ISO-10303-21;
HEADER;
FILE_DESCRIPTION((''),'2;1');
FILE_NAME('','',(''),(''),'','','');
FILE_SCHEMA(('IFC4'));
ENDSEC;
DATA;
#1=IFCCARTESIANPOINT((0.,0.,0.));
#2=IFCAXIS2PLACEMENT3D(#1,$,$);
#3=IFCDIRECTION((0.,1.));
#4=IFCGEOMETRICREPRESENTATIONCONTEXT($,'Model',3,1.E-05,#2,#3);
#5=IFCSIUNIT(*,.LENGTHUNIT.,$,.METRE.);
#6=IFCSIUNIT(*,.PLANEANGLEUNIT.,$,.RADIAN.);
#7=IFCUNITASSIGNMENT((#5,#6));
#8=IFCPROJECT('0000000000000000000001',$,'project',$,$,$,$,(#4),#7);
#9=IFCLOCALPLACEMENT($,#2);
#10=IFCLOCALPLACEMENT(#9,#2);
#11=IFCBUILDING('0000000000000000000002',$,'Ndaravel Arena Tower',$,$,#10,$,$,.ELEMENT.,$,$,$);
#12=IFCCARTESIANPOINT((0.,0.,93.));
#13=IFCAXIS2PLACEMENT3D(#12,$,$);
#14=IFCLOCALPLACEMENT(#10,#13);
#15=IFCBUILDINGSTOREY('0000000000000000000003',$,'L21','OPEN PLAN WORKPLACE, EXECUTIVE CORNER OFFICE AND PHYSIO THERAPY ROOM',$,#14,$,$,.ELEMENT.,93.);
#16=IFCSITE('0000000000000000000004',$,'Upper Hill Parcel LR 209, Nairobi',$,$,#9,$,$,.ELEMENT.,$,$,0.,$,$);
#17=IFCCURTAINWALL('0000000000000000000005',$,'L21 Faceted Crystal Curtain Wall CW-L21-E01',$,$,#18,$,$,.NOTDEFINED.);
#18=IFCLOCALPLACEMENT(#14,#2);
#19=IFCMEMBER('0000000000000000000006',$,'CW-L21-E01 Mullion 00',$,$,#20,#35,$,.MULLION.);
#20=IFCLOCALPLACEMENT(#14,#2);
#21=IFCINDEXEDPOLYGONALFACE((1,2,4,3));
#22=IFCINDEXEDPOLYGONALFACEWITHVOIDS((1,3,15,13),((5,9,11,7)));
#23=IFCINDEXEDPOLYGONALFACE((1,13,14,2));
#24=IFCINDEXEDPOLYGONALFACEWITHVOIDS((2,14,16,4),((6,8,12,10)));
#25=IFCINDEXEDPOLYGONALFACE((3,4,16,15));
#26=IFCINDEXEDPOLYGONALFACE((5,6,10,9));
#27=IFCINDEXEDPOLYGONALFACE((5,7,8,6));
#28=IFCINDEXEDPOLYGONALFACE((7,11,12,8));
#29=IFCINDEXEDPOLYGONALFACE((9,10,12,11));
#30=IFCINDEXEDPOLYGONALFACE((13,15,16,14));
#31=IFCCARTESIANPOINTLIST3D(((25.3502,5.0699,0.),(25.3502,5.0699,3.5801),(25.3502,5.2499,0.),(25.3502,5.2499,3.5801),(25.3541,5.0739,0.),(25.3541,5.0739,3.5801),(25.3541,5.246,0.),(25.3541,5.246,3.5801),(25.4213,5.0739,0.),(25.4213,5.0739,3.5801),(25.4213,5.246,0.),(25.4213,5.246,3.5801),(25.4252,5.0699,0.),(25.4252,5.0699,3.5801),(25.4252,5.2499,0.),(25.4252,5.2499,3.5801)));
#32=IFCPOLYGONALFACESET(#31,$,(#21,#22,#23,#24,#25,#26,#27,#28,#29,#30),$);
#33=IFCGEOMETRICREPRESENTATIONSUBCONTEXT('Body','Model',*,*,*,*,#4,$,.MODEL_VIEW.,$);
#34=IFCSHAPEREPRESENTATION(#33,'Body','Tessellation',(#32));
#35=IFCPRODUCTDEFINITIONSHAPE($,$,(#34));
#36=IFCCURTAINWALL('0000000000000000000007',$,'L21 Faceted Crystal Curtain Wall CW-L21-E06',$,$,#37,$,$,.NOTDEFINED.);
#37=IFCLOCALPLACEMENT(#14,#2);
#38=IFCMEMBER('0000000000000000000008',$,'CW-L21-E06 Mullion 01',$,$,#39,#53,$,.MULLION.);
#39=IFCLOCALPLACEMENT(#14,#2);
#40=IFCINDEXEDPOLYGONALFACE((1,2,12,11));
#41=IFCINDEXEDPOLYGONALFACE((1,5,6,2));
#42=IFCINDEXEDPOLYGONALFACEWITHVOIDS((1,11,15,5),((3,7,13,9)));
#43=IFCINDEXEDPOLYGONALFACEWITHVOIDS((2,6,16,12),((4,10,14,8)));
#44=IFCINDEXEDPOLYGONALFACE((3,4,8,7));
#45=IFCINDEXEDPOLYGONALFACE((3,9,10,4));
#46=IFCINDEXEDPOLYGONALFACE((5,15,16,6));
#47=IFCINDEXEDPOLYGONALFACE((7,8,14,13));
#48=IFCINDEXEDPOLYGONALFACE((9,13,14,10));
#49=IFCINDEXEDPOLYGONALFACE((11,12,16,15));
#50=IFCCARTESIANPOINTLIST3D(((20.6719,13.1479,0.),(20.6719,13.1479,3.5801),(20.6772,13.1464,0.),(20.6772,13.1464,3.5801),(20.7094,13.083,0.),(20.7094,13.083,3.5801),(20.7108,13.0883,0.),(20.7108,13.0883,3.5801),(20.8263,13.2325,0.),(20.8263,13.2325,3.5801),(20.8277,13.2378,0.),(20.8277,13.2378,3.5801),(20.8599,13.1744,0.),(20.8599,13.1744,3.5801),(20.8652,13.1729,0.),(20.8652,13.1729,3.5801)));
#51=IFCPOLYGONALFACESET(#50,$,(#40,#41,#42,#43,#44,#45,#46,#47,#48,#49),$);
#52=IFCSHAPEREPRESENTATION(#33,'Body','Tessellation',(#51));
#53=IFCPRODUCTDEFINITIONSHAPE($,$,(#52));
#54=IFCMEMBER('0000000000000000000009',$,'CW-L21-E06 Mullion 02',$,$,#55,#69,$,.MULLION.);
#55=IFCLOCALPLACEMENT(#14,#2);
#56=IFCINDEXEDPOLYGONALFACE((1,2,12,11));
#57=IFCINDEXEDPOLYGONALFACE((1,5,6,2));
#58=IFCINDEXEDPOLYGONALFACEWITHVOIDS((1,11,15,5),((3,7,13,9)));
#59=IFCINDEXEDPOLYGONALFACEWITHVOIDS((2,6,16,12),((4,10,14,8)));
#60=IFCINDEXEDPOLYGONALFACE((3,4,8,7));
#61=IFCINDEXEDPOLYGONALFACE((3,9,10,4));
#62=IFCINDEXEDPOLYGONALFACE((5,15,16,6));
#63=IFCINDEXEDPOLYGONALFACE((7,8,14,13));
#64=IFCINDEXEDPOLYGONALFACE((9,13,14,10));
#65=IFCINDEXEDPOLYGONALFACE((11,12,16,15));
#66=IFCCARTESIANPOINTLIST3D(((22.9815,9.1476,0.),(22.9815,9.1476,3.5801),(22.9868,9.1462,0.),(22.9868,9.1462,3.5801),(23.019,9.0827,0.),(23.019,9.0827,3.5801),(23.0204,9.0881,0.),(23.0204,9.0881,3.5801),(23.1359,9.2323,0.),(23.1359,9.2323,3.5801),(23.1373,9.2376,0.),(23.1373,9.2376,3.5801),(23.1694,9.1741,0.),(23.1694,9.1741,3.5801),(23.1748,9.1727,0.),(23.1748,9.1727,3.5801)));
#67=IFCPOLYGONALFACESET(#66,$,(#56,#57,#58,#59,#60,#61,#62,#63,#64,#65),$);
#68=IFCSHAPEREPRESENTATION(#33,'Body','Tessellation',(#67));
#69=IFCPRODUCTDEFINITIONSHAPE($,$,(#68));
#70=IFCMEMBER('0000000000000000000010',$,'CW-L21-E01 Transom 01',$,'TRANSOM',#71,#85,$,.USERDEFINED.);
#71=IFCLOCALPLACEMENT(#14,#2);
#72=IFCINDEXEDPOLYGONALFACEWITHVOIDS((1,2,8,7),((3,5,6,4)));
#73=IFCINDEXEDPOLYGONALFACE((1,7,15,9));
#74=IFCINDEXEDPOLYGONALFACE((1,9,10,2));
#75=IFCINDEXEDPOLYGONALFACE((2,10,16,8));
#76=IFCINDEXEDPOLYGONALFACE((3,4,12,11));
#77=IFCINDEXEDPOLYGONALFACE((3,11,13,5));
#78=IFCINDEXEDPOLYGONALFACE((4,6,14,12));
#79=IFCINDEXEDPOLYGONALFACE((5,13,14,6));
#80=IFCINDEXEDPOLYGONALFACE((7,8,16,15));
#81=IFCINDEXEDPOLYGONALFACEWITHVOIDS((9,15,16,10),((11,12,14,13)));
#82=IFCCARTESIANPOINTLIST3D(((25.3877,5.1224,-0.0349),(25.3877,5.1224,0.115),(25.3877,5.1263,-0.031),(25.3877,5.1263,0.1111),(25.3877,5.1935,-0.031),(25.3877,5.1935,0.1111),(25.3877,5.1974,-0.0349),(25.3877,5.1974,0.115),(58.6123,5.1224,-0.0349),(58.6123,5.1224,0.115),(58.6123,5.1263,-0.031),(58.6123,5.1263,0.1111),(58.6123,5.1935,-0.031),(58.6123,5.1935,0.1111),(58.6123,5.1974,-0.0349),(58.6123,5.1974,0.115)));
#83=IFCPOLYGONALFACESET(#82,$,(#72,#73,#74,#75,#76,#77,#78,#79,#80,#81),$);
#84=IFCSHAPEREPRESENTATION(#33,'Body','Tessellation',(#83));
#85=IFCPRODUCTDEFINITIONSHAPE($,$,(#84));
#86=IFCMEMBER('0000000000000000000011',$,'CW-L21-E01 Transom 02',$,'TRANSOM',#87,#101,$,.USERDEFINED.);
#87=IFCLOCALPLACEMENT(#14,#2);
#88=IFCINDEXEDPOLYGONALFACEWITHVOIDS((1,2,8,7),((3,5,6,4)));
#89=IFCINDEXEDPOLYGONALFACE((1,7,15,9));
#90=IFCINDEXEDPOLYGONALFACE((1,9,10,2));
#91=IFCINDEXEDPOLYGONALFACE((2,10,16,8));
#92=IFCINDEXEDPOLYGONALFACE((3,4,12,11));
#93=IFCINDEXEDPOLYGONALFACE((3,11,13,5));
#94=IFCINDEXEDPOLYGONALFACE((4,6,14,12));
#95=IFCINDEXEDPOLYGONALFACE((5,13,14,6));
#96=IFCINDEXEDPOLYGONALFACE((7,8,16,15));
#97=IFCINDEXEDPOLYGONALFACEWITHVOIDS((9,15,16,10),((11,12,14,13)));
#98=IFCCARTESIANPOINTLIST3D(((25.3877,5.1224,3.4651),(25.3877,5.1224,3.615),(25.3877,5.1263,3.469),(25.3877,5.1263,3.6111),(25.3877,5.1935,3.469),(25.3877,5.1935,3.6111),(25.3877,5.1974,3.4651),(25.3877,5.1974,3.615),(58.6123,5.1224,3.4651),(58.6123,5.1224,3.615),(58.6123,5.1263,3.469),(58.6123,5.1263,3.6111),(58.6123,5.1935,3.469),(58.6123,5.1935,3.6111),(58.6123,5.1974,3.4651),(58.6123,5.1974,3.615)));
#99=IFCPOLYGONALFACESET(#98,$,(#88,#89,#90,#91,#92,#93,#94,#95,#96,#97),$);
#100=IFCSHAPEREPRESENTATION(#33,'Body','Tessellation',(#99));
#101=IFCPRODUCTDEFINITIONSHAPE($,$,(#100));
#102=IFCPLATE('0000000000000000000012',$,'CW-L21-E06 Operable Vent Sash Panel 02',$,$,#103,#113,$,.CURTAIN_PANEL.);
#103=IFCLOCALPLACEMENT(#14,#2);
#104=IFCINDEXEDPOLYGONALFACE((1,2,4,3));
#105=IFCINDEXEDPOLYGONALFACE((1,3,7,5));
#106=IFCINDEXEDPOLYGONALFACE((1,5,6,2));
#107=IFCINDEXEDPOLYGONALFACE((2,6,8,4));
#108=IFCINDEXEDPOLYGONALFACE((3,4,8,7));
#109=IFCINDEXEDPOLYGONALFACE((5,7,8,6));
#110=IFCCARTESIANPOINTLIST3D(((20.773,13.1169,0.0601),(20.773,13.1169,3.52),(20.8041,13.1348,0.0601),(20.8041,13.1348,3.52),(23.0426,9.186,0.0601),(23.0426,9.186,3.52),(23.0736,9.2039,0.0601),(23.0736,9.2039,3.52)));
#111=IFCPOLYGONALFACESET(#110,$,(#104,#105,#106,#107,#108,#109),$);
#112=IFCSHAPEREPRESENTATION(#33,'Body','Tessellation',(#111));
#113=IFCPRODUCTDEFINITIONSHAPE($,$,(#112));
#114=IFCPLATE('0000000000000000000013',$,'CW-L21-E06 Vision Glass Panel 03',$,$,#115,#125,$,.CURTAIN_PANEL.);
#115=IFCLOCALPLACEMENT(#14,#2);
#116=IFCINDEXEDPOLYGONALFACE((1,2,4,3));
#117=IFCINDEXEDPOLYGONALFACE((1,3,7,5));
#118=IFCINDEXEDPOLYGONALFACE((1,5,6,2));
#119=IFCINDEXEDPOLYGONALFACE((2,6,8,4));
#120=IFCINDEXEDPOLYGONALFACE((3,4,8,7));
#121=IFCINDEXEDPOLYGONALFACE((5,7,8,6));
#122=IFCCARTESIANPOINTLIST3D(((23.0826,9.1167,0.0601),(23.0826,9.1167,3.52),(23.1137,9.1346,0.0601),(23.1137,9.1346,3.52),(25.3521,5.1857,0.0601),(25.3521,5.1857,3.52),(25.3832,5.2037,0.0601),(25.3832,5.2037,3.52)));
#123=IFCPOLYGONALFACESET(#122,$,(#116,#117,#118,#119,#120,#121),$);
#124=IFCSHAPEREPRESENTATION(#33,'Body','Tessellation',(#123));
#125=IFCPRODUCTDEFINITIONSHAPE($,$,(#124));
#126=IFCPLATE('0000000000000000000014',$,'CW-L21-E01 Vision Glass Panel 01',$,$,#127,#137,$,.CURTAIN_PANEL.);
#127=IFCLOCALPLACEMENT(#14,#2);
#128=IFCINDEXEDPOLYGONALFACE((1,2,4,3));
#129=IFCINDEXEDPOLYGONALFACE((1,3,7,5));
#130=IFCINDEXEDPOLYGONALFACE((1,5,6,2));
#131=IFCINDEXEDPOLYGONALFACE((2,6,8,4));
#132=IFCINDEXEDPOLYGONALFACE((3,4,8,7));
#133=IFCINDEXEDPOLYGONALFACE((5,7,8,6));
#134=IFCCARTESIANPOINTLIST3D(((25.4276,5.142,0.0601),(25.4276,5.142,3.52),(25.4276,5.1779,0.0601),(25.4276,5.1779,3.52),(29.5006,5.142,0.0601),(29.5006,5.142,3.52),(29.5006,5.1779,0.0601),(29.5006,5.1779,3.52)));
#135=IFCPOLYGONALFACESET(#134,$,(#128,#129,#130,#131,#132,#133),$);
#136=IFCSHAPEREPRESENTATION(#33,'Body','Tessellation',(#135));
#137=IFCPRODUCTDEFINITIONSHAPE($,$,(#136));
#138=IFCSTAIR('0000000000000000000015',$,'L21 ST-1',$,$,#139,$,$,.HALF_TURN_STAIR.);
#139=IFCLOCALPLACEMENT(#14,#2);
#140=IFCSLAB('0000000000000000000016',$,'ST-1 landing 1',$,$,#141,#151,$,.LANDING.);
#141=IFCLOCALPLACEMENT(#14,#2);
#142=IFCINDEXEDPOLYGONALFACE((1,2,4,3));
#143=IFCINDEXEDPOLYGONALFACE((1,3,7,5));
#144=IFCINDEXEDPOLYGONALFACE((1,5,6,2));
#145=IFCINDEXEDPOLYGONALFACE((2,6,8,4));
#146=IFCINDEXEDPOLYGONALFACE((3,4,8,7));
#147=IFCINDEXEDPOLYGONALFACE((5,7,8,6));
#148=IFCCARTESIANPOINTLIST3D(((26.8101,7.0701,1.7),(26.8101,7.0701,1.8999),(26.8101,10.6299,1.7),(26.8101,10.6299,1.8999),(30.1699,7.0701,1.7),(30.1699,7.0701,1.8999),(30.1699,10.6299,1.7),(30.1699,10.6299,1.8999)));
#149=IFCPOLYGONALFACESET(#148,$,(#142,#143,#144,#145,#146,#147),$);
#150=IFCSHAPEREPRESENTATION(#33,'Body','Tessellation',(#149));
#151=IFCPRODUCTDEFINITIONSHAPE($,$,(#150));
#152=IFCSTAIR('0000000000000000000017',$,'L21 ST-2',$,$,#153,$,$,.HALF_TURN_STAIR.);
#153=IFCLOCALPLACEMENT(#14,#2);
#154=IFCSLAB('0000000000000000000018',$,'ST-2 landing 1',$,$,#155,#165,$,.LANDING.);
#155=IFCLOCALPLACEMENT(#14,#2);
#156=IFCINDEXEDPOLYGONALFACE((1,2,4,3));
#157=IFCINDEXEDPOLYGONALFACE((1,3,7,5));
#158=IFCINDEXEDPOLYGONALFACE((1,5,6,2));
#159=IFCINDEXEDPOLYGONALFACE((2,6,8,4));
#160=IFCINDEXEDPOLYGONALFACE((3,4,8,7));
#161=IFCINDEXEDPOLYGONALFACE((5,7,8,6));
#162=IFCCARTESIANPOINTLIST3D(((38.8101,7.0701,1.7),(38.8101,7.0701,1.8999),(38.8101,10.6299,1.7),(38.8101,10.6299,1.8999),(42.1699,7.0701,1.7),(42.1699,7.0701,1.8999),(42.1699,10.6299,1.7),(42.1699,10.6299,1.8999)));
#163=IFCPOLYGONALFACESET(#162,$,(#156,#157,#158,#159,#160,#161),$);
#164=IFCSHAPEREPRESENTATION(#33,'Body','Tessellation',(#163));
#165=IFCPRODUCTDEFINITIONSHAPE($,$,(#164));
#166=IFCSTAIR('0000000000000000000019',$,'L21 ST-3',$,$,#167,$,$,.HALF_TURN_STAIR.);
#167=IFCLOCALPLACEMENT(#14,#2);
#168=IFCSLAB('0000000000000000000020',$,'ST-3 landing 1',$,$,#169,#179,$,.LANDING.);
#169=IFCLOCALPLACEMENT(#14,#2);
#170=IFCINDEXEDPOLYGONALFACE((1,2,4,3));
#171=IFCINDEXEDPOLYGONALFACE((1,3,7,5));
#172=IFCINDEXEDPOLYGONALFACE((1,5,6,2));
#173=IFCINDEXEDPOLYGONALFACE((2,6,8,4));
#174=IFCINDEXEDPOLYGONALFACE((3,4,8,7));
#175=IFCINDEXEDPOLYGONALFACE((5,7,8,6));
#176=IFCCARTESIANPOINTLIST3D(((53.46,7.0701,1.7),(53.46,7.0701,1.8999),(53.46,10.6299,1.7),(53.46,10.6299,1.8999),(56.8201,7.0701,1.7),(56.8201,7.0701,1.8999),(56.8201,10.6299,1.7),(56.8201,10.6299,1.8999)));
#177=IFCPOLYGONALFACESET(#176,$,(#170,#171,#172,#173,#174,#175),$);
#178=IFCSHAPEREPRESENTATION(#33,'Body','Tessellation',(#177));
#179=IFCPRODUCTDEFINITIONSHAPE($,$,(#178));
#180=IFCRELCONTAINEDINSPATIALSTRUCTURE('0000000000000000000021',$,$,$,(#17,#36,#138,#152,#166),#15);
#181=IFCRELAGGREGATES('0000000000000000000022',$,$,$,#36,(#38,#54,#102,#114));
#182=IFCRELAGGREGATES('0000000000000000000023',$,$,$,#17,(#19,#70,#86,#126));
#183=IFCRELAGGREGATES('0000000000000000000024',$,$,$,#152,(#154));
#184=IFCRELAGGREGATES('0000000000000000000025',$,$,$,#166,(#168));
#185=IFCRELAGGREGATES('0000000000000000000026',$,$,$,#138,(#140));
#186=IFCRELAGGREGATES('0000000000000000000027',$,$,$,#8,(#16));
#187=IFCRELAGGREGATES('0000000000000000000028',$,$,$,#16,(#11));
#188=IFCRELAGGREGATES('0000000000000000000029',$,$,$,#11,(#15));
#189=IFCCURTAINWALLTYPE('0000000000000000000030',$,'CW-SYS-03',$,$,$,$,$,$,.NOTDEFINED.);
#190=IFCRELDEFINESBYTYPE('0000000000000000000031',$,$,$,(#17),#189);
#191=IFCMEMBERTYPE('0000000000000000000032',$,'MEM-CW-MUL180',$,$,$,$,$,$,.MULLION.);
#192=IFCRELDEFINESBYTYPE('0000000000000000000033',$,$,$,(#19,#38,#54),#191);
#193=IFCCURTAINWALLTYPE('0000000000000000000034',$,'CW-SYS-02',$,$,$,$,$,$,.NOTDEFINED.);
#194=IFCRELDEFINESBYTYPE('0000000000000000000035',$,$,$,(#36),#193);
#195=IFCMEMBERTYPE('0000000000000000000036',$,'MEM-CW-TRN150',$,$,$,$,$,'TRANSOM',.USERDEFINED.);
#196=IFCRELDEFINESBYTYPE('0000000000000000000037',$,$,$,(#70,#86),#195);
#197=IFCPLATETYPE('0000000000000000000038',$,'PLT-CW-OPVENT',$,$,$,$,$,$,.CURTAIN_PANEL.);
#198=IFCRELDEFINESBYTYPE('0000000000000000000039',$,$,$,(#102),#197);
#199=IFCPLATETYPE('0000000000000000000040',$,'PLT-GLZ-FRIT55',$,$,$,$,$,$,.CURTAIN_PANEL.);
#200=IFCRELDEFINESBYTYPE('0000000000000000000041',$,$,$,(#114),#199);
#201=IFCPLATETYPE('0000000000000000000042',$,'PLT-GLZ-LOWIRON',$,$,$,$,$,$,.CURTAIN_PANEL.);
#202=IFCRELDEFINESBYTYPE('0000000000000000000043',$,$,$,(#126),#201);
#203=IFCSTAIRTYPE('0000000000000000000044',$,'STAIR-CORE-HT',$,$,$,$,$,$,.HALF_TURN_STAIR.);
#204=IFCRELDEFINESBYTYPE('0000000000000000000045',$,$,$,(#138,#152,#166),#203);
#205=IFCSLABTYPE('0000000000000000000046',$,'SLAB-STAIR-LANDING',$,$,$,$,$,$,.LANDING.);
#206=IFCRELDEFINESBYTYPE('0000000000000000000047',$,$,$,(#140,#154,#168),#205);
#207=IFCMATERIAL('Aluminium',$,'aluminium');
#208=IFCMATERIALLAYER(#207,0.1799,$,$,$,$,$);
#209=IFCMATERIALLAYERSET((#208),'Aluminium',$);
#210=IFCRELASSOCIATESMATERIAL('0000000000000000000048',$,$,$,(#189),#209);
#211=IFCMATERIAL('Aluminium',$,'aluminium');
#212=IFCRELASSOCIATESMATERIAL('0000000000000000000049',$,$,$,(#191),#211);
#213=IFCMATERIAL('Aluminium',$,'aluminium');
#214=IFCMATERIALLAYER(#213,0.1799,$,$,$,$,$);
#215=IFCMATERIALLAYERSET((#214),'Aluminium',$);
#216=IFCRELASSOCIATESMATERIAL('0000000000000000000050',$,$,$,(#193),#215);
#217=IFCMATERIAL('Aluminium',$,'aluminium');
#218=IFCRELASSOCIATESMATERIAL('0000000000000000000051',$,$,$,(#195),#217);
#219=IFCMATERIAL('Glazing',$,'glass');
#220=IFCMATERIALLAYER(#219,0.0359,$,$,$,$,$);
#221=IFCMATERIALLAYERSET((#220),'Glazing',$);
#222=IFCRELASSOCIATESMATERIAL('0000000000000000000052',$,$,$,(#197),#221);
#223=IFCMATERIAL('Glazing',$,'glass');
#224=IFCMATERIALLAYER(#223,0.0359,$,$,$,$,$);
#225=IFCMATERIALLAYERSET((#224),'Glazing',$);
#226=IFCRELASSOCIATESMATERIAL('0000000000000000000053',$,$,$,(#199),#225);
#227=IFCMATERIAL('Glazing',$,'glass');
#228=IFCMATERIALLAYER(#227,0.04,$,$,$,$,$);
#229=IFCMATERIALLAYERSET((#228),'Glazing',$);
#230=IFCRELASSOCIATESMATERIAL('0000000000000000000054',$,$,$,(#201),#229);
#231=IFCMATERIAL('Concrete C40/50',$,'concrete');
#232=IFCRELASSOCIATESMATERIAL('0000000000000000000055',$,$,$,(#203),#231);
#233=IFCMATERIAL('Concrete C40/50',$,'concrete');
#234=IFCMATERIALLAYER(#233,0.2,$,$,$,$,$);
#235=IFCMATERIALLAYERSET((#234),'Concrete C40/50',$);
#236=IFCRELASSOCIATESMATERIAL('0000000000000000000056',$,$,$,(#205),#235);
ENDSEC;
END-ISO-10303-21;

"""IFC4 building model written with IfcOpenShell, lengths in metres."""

from ifc_helpers import new_model, si_unit, direction, frame, origin, origin_2d, place, context, subcontext, project, spatial, polyline, rectangle, hollow_rectangle, outline, extrude, material, layer, layer_set, material_profile, profile_set, type_object, element, aggregate, save


model = new_model("IFC4")

# Units and contexts
model_context = context("Model", 3, precision=1e-05, world=origin(), true_north=direction((0.0, 1.0)))
body_context = subcontext(model_context, "Body", "Model", "MODEL_VIEW")
ifc_project = project(units=[si_unit("LENGTHUNIT", "METRE"), si_unit("PLANEANGLEUNIT", "RADIAN")], contexts=[model_context])

# Site, building, storey
site_placement = place(None, origin())
site = spatial("IfcSite", under=ifc_project, at=site_placement, Name="Upper Hill Parcel LR 209, Nairobi", CompositionType="ELEMENT", RefElevation=0.0)
building_placement = place(site_placement, origin())
building = spatial("IfcBuilding", under=site, at=building_placement, Name="Ndaravel Arena Tower", CompositionType="ELEMENT")
storey_placement = place(building_placement, frame((0.0, 0.0, 93.0)))
storey = spatial("IfcBuildingStorey", under=building, at=storey_placement, Name="L21", Description="OPEN PLAN WORKPLACE, EXECUTIVE CORNER OFFICE AND PHYSIO THERAPY ROOM", CompositionType="ELEMENT", Elevation=93.0)

# Curtain wall, member
ifc_material_1 = material(Name="Aluminium", Category="aluminium")
ifc_layer_1 = layer(ifc_material_1, 0.1799)
ifc_layer_set_1 = layer_set([ifc_layer_1], Name="Aluminium")
curtain_wall_type_1 = type_object("IfcCurtainWallType", Name="CW-SYS-03", PredefinedType="NOTDEFINED", material=ifc_layer_set_1)
curtain_wall_1_placement = place(storey_placement, origin())
curtain_wall_1 = element("IfcCurtainWall", 1, at=curtain_wall_1_placement, inside=storey, type_object=curtain_wall_type_1, Name="L21 Faceted Crystal Curtain Wall CW-L21-E01", PredefinedType="NOTDEFINED")
ifc_material_2 = material(Name="Aluminium", Category="aluminium")
ifc_material_profile_1 = material_profile(ifc_material_2, hollow_rectangle(XDim=0.075, YDim=0.1799, WallThickness=0.0039, at=origin_2d()), Name="CW MULLION 75x180x4")
ifc_profile_set_1 = profile_set([ifc_material_profile_1], Name="Aluminium")
member_type_1 = type_object("IfcMemberType", Name="MEM-CW-MUL180", PredefinedType="MULLION", material=ifc_profile_set_1)
member_1_placement = place(storey_placement, frame((25.3877, 5.1599, 0.0), z_axis=(0.0, 0.0, 1.0), x_axis=(1.0, 0.0, 0.0)))
member_1 = element("IfcMember", 2, at=member_1_placement, type_object=member_type_1, Name="CW-L21-E01 Mullion 00", PredefinedType="MULLION", context=body_context, shape_type="SweptSolid", body=[
    extrude(hollow_rectangle(XDim=0.075, YDim=0.1799, WallThickness=0.0039, at=origin_2d()), origin(), (0.0, 0.0, 1.0), 3.5801),
])

# Curtain wall, members
ifc_material_3 = material(Name="Aluminium", Category="aluminium")
ifc_layer_2 = layer(ifc_material_3, 0.1799)
ifc_layer_set_2 = layer_set([ifc_layer_2], Name="Aluminium")
curtain_wall_type_2 = type_object("IfcCurtainWallType", Name="CW-SYS-02", PredefinedType="NOTDEFINED", material=ifc_layer_set_2)
curtain_wall_2_placement = place(storey_placement, origin())
curtain_wall_2 = element("IfcCurtainWall", 3, at=curtain_wall_2_placement, inside=storey, type_object=curtain_wall_type_2, Name="L21 Faceted Crystal Curtain Wall CW-L21-E06", PredefinedType="NOTDEFINED")
member_2_placement = place(storey_placement, frame((20.7686, 13.1604, 0.0), z_axis=(0.0, 0.0, 1.0), x_axis=(0.5, -0.866025, 0.0)))
member_2 = element("IfcMember", 4, at=member_2_placement, type_object=member_type_1, Name="CW-L21-E06 Mullion 01", PredefinedType="MULLION", context=body_context, shape_type="SweptSolid", body=[
    extrude(hollow_rectangle(XDim=0.075, YDim=0.1799, WallThickness=0.0039, at=origin_2d()), origin(), (0.0, 0.0, 1.0), 3.5801),
])
member_3_placement = place(storey_placement, frame((23.0781, 9.1602, 0.0), z_axis=(0.0, 0.0, 1.0), x_axis=(0.5, -0.866025, 0.0)))
member_3 = element("IfcMember", 5, at=member_3_placement, type_object=member_type_1, Name="CW-L21-E06 Mullion 02", PredefinedType="MULLION", context=body_context, shape_type="SweptSolid", body=[
    extrude(hollow_rectangle(XDim=0.075, YDim=0.1799, WallThickness=0.0039, at=origin_2d()), origin(), (0.0, 0.0, 1.0), 3.5801),
])

# Members
ifc_material_4 = material(Name="Aluminium", Category="aluminium")
ifc_material_profile_2 = material_profile(ifc_material_4, hollow_rectangle(XDim=0.075, YDim=0.1499, WallThickness=0.0039, at=origin_2d()), Name="CW TRANSOM 75x150x4")
ifc_profile_set_2 = profile_set([ifc_material_profile_2], Name="Aluminium")
member_type_2 = type_object("IfcMemberType", Name="MEM-CW-TRN150", ElementType="TRANSOM", PredefinedType="USERDEFINED", material=ifc_profile_set_2)
member_4_placement = place(storey_placement, frame((25.3877, 5.1599, 0.04), z_axis=(1.0, 0.0, 0.0), x_axis=(0.0, 1.0, 0.0)))
member_4 = element("IfcMember", 6, at=member_4_placement, type_object=member_type_2, Name="CW-L21-E01 Transom 01", ObjectType="TRANSOM", PredefinedType="USERDEFINED", context=body_context, shape_type="SweptSolid", body=[
    extrude(hollow_rectangle(XDim=0.075, YDim=0.1499, WallThickness=0.0039, at=origin_2d()), origin(), (0.0, 0.0, 1.0), 33.2246),
])
member_5_placement = place(storey_placement, frame((25.3877, 5.1599, 3.54), z_axis=(1.0, 0.0, 0.0), x_axis=(0.0, 1.0, 0.0)))
member_5 = element("IfcMember", 7, at=member_5_placement, type_object=member_type_2, Name="CW-L21-E01 Transom 02", ObjectType="TRANSOM", PredefinedType="USERDEFINED", context=body_context, shape_type="SweptSolid", body=[
    extrude(hollow_rectangle(XDim=0.075, YDim=0.1499, WallThickness=0.0039, at=origin_2d()), origin(), (0.0, 0.0, 1.0), 33.2246),
])

# Plates
ifc_material_5 = material(Name="Glazing", Category="glass")
ifc_layer_3 = layer(ifc_material_5, 0.0359)
ifc_layer_set_3 = layer_set([ifc_layer_3], Name="Glazing")
plate_type_1 = type_object("IfcPlateType", Name="PLT-CW-OPVENT", PredefinedType="CURTAIN_PANEL", material=ifc_layer_set_3)
plate_1_placement = place(storey_placement, frame((21.9233, 11.1604, 0.0601), z_axis=(0.0, 0.0, 1.0), x_axis=(0.5, -0.866025, 0.0)))
plate_1 = element("IfcPlate", 8, at=plate_1_placement, type_object=plate_type_1, Name="CW-L21-E06 Operable Vent Sash Panel 02", PredefinedType="CURTAIN_PANEL", context=body_context, shape_type="SweptSolid", body=[
    extrude(rectangle(XDim=4.5391, YDim=0.0359, at=origin_2d()), origin(), (0.0, 0.0, 1.0), 3.46),
])
ifc_material_6 = material(Name="Glazing", Category="glass")
ifc_layer_4 = layer(ifc_material_6, 0.0359)
ifc_layer_set_4 = layer_set([ifc_layer_4], Name="Glazing")
plate_type_2 = type_object("IfcPlateType", Name="PLT-GLZ-FRIT55", PredefinedType="CURTAIN_PANEL", material=ifc_layer_set_4)
plate_2_placement = place(storey_placement, frame((24.2329, 7.1602, 0.0601), z_axis=(0.0, 0.0, 1.0), x_axis=(0.5, -0.866025, 0.0)))
plate_2 = element("IfcPlate", 9, at=plate_2_placement, type_object=plate_type_2, Name="CW-L21-E06 Vision Glass Panel 03", PredefinedType="CURTAIN_PANEL", context=body_context, shape_type="SweptSolid", body=[
    extrude(rectangle(XDim=4.5391, YDim=0.0359, at=origin_2d()), origin(), (0.0, 0.0, 1.0), 3.46),
])
aggregate(curtain_wall_2, [member_2, member_3, plate_1, plate_2])
ifc_material_7 = material(Name="Glazing", Category="glass")
ifc_layer_5 = layer(ifc_material_7, 0.04)
ifc_layer_set_5 = layer_set([ifc_layer_5], Name="Glazing")
plate_type_3 = type_object("IfcPlateType", Name="PLT-GLZ-LOWIRON", PredefinedType="CURTAIN_PANEL", material=ifc_layer_set_5)
plate_3_placement = place(storey_placement, frame((27.4641, 5.1599, 0.0601), z_axis=(0.0, 0.0, 1.0), x_axis=(1.0, 0.0, 0.0)))
plate_3 = element("IfcPlate", 10, at=plate_3_placement, type_object=plate_type_3, Name="CW-L21-E01 Vision Glass Panel 01", PredefinedType="CURTAIN_PANEL", context=body_context, shape_type="SweptSolid", body=[
    extrude(rectangle(XDim=4.073, YDim=0.0359, at=origin_2d()), origin(), (0.0, 0.0, 1.0), 3.46),
])
aggregate(curtain_wall_1, [member_1, member_4, member_5, plate_3])

# Stairs, slabs
ifc_material_8 = material(Name="Concrete C40/50", Category="concrete")
stair_type = type_object("IfcStairType", Name="STAIR-CORE-HT", PredefinedType="HALF_TURN_STAIR", material=ifc_material_8)
stair_1_placement = place(storey_placement, origin())
stair_1 = element("IfcStair", 11, at=stair_1_placement, inside=storey, type_object=stair_type, Name="L21 ST-1", PredefinedType="HALF_TURN_STAIR")
ifc_material_9 = material(Name="Concrete C40/50", Category="concrete")
ifc_layer_6 = layer(ifc_material_9, 0.2)
ifc_layer_set_6 = layer_set([ifc_layer_6], Name="Concrete C40/50")
slab_type_1 = type_object("IfcSlabType", Name="SLAB-STAIR-LANDING", PredefinedType="LANDING", material=ifc_layer_set_6)
slab_1_placement = place(storey_placement, frame((0.0, 0.0, 1.7)))
slab_1 = element("IfcSlab", 12, at=slab_1_placement, type_object=slab_type_1, Name="ST-1 landing 1", PredefinedType="LANDING", context=body_context, shape_type="SweptSolid", body=[
    extrude(outline(polyline([(26.8101, 10.6299), (26.8101, 7.0701), (30.1699, 7.0701), (30.1699, 10.6299), (26.8101, 10.6299)])), origin(), (0.0, 0.0, 1.0), 0.2),
])
stair_2_placement = place(storey_placement, origin())
stair_2 = element("IfcStair", 13, at=stair_2_placement, inside=storey, type_object=stair_type, Name="L21 ST-2", PredefinedType="HALF_TURN_STAIR")
slab_2_placement = place(storey_placement, frame((0.0, 0.0, 1.7)))
slab_2 = element("IfcSlab", 14, at=slab_2_placement, type_object=slab_type_1, Name="ST-2 landing 1", PredefinedType="LANDING", context=body_context, shape_type="SweptSolid", body=[
    extrude(outline(polyline([(38.8101, 10.6299), (38.8101, 7.0701), (42.1699, 7.0701), (42.1699, 10.6299), (38.8101, 10.6299)])), origin(), (0.0, 0.0, 1.0), 0.2),
])
aggregate(stair_2, [slab_2])
stair_3_placement = place(storey_placement, origin())
stair_3 = element("IfcStair", 15, at=stair_3_placement, inside=storey, type_object=stair_type, Name="L21 ST-3", PredefinedType="HALF_TURN_STAIR")
slab_3_placement = place(storey_placement, frame((0.0, 0.0, 1.7)))
slab_3 = element("IfcSlab", 16, at=slab_3_placement, type_object=slab_type_1, Name="ST-3 landing 1", PredefinedType="LANDING", context=body_context, shape_type="SweptSolid", body=[
    extrude(outline(polyline([(53.46, 10.6299), (53.46, 7.0701), (56.8201, 7.0701), (56.8201, 10.6299), (53.46, 10.6299)])), origin(), (0.0, 0.0, 1.0), 0.2),
])
aggregate(stair_3, [slab_3])

aggregate(stair_1, [slab_1])

save(model, "model.ifc")
